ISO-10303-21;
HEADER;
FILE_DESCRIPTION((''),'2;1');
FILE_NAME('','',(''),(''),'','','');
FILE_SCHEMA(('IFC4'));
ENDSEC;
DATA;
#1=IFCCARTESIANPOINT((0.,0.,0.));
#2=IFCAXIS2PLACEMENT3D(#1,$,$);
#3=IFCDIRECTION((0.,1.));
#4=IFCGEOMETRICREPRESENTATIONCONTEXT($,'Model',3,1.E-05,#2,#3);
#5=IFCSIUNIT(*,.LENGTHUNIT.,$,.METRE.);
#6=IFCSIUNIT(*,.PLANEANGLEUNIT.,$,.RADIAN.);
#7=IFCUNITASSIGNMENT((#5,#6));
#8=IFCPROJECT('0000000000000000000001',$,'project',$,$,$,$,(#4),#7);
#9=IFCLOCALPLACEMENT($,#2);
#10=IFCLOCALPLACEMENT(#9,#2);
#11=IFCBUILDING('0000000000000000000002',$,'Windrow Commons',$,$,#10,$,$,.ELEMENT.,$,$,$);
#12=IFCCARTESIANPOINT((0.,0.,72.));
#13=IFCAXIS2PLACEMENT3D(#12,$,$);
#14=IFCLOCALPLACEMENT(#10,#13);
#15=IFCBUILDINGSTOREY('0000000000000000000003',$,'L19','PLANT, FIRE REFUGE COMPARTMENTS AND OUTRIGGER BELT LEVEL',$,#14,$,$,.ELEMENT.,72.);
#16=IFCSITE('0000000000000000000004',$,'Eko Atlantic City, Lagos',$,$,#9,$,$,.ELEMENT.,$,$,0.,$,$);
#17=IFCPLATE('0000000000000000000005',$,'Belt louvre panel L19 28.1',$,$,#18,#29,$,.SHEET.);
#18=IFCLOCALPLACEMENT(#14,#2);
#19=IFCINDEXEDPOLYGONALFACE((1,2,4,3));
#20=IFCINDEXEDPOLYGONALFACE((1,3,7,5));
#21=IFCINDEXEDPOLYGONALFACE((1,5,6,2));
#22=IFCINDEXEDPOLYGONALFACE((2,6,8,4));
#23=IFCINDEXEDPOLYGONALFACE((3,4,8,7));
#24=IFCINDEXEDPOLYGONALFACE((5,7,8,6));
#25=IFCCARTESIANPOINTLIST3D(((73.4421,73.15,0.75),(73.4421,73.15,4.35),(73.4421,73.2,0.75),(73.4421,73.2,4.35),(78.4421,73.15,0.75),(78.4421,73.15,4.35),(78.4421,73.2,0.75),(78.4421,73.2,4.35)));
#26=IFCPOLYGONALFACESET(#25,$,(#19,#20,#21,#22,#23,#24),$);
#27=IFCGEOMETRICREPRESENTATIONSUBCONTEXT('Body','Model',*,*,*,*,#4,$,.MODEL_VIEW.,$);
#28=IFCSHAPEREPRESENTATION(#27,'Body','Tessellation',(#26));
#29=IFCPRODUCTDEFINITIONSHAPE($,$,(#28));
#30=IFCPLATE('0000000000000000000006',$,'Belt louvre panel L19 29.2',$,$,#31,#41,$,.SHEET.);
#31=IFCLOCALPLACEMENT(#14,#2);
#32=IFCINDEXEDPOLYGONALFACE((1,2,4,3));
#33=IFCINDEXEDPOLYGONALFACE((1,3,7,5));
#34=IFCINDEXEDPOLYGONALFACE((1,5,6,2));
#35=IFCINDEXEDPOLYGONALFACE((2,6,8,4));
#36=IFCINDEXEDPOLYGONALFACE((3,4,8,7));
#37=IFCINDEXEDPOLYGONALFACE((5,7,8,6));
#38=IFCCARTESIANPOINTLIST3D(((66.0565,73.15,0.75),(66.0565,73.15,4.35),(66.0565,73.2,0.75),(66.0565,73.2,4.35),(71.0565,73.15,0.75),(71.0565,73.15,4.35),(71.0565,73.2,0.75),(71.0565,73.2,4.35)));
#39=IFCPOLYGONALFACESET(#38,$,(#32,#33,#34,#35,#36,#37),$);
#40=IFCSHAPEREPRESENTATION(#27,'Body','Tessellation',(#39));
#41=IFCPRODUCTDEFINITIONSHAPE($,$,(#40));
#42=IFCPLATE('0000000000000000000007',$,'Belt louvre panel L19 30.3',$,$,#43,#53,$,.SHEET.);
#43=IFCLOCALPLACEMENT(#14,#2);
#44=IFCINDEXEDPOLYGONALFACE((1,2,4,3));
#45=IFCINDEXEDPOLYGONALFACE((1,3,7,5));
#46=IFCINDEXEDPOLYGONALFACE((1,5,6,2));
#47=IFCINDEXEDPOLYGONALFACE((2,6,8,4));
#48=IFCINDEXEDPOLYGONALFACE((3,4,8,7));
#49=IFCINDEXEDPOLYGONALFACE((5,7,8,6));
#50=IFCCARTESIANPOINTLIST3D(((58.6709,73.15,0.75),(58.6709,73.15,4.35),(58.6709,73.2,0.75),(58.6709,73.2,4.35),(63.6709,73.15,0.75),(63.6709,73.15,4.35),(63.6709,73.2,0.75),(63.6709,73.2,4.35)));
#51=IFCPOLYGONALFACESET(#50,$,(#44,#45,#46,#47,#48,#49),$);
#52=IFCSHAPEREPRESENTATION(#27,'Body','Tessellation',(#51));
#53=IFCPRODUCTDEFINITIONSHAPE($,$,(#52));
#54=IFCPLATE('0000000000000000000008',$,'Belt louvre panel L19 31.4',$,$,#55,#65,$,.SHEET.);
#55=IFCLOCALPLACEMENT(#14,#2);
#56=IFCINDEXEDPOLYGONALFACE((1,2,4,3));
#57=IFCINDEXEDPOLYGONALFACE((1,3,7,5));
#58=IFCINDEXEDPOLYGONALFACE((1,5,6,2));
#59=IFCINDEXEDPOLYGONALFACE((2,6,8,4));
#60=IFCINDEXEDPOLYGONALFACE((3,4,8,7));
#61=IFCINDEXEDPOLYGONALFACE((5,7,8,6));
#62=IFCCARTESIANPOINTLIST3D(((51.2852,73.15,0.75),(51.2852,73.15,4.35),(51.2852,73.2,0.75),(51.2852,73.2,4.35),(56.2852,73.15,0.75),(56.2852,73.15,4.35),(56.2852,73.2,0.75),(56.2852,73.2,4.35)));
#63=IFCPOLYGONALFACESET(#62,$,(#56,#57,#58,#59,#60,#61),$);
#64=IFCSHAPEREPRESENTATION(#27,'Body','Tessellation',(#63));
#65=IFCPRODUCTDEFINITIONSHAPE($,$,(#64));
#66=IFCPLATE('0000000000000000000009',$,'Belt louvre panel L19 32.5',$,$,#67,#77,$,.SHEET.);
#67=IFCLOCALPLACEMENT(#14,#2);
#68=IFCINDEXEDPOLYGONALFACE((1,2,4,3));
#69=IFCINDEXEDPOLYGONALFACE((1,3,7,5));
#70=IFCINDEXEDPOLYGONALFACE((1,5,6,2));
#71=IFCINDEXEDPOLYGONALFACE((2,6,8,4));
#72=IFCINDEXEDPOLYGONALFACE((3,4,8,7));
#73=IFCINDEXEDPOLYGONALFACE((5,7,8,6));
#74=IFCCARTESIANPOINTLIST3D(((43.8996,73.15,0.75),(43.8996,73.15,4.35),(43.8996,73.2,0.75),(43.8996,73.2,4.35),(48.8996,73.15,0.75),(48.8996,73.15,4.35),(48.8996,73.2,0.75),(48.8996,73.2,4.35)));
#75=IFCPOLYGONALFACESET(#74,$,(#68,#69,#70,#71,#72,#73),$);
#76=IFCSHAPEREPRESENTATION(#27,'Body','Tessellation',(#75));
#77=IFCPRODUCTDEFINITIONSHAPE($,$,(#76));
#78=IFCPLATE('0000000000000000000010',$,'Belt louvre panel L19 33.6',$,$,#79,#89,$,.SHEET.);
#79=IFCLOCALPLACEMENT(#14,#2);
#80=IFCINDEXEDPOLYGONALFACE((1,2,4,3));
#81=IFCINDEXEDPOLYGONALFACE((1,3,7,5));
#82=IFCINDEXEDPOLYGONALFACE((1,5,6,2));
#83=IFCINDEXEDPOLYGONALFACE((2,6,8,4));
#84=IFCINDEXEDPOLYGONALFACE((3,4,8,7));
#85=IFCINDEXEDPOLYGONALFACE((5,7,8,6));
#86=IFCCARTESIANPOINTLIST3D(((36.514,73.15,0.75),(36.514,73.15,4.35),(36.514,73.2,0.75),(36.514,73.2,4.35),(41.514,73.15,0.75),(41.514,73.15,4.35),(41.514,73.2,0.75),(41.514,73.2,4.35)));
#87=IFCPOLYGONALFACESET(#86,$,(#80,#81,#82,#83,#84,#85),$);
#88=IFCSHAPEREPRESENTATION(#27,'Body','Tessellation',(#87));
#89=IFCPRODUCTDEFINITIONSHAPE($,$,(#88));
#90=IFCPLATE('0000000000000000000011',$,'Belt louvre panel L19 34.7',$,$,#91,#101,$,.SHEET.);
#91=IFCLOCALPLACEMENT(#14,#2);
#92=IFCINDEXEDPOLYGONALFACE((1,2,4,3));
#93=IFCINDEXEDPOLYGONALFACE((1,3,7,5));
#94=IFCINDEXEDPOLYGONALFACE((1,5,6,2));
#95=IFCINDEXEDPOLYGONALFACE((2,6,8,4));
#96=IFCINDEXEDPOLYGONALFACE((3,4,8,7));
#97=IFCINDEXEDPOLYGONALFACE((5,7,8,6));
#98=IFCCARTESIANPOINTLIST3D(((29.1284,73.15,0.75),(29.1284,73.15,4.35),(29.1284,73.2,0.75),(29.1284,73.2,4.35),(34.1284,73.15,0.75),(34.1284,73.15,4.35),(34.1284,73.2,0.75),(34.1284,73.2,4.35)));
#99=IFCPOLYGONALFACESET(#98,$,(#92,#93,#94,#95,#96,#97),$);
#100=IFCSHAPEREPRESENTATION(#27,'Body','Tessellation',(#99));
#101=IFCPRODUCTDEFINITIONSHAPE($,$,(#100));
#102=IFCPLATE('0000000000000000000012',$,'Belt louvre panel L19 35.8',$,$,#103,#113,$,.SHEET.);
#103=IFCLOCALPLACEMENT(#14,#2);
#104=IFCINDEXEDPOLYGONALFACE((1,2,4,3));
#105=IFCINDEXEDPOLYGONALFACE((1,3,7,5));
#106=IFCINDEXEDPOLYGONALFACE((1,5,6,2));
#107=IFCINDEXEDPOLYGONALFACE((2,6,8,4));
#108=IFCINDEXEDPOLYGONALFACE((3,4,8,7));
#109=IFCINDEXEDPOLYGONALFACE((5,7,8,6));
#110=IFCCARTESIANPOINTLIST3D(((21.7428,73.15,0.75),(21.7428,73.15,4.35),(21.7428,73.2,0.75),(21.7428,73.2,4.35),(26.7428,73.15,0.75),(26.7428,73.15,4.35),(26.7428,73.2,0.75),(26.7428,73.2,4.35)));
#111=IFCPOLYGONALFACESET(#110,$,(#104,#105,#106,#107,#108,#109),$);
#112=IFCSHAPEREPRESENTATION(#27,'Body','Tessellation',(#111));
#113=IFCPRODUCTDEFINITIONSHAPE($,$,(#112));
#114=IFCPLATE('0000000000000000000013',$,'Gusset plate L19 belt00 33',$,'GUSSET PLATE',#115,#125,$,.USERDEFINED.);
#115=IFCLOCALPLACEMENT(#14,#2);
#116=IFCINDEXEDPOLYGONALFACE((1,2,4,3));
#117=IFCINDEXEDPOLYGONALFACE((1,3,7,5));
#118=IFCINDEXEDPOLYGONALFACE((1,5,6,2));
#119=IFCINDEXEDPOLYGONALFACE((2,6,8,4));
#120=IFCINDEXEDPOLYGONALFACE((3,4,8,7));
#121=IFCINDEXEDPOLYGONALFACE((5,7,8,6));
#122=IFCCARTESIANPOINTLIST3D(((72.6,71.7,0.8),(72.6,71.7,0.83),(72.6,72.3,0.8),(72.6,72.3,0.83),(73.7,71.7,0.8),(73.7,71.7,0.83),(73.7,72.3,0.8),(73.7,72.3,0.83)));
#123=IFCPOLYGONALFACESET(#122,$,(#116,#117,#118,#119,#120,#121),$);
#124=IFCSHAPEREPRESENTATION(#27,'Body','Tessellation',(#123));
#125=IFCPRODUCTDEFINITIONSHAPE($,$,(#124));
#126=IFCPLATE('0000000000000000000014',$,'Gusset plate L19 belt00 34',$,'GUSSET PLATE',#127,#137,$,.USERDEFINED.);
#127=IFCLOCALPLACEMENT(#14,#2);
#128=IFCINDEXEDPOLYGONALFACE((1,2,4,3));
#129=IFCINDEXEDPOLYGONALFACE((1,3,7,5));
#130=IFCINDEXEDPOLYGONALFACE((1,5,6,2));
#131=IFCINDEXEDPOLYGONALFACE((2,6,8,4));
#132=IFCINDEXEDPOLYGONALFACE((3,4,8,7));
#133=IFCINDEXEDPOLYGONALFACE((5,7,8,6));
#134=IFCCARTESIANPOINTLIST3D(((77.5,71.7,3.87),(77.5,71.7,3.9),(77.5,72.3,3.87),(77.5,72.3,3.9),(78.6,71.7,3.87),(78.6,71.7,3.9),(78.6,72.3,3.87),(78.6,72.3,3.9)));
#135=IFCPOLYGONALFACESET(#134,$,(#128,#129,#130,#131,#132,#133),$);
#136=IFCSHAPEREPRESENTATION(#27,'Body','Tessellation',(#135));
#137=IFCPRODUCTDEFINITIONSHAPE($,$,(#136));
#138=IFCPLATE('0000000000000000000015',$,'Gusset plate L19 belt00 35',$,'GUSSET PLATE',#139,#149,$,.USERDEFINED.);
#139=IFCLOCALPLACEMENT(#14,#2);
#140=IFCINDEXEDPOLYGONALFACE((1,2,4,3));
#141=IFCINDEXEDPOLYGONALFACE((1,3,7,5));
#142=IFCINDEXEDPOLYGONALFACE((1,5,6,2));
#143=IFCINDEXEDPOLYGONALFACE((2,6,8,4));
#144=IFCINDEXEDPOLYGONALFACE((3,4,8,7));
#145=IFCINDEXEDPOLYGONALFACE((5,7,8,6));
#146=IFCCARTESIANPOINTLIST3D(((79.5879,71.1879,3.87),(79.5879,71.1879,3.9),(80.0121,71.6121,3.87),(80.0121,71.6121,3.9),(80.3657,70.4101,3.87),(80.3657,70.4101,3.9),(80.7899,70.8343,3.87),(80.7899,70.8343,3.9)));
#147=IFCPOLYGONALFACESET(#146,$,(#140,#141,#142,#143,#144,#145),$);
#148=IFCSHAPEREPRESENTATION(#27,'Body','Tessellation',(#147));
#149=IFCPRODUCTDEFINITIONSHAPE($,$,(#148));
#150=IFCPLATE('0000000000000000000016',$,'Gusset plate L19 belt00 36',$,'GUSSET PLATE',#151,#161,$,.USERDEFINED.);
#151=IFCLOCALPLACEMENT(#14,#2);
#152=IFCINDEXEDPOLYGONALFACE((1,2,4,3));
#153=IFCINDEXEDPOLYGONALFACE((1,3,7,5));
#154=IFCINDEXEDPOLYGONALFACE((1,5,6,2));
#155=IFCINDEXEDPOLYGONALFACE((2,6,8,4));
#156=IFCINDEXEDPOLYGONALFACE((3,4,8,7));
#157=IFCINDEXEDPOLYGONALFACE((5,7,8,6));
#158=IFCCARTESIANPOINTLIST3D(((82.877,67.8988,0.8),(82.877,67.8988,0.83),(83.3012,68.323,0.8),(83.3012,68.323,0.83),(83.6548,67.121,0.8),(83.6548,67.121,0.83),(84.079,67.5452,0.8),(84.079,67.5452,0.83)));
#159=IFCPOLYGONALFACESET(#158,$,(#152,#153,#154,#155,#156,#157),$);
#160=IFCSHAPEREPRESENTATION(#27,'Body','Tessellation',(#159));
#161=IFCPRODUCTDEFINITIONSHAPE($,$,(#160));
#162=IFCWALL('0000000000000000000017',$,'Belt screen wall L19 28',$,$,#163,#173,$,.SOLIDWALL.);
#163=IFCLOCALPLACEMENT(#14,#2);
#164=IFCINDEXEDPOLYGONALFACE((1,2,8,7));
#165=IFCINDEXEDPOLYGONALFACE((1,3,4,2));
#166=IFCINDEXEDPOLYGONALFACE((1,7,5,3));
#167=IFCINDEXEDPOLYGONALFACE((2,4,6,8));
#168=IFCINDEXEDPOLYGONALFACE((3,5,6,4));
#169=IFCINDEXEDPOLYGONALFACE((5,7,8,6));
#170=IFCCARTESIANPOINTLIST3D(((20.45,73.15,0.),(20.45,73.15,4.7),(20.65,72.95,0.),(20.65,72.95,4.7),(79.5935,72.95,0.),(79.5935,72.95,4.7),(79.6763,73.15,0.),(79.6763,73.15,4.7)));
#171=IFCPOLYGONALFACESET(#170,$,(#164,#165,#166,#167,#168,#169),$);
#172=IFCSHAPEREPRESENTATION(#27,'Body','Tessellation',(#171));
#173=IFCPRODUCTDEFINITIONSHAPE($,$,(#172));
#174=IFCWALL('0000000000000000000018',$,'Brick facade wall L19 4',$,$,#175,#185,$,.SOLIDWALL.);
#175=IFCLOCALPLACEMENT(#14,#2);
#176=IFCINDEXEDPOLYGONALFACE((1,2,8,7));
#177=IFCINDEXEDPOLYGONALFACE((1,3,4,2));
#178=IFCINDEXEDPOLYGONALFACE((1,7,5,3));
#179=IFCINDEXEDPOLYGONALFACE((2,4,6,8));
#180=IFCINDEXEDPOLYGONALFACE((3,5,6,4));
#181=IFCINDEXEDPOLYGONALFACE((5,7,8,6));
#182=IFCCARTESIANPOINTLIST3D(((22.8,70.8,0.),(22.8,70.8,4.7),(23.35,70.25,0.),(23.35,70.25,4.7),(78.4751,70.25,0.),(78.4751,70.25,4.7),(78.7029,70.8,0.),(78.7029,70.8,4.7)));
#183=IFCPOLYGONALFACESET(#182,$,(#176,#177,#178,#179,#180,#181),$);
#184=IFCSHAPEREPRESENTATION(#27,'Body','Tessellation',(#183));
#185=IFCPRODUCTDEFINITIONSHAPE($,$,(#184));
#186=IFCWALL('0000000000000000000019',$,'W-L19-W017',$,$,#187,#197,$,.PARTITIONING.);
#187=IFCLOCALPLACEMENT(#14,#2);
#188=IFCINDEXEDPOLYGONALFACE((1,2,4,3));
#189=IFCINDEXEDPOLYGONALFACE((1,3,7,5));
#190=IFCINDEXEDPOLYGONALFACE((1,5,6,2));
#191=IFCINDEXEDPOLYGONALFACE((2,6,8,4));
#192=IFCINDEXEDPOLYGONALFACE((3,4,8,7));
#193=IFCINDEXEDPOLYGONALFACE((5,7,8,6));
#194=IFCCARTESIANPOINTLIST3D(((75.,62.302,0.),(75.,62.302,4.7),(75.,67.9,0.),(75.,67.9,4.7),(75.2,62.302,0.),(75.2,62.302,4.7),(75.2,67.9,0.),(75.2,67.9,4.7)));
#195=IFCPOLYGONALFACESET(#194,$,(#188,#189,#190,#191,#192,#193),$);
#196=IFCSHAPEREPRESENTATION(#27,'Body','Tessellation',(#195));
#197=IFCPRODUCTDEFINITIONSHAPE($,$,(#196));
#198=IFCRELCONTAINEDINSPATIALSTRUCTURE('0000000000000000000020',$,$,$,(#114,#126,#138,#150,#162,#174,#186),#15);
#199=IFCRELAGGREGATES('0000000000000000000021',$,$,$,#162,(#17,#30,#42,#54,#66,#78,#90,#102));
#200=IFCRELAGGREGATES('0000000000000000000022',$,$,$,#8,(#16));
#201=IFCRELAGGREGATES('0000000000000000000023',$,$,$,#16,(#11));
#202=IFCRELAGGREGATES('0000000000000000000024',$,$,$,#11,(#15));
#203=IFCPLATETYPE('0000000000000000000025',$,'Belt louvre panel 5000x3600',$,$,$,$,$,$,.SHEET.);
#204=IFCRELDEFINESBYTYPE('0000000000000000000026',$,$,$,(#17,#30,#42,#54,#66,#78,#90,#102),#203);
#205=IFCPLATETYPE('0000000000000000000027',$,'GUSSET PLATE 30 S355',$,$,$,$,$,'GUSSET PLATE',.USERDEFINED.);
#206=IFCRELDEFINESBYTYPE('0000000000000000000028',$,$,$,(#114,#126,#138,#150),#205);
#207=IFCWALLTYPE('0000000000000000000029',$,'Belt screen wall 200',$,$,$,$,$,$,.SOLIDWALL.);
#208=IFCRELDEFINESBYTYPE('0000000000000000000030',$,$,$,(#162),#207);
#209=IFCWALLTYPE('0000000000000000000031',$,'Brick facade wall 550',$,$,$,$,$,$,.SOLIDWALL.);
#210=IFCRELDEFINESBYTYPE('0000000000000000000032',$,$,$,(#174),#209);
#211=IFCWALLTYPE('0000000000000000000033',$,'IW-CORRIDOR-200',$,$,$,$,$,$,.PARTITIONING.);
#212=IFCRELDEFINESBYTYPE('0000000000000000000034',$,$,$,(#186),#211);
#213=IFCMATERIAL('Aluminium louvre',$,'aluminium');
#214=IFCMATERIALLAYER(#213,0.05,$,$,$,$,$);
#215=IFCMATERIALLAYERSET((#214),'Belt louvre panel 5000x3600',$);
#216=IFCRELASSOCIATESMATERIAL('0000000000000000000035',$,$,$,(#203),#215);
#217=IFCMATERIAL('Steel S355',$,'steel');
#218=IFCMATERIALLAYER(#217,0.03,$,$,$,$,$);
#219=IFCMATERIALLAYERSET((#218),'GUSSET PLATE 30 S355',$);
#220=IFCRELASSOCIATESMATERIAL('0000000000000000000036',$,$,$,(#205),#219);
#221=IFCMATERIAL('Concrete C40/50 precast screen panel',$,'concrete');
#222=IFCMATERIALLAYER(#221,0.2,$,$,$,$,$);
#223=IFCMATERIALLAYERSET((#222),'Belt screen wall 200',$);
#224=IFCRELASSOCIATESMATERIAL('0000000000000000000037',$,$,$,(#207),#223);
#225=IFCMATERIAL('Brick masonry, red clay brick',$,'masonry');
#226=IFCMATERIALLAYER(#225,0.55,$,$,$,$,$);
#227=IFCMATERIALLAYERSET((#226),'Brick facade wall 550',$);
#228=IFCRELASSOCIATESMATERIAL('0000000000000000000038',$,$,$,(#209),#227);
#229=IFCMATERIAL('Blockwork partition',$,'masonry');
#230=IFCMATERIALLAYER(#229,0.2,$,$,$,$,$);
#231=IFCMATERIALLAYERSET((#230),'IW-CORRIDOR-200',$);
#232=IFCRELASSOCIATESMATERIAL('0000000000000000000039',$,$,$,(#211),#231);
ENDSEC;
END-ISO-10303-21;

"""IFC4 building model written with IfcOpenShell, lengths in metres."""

from ifc_helpers import new_model, si_unit, direction, frame, frame_2d, origin, origin_2d, place, context, subcontext, project, spatial, polyline, rectangle, outline, extrude, material, layer, layer_set, type_object, element, aggregate, save


model = new_model("IFC4")

# Units and contexts
model_context = context("Model", 3, precision=1e-05, world=origin(), true_north=direction((0.0, 1.0)))
body_context = subcontext(model_context, "Body", "Model", "MODEL_VIEW")
ifc_project = project(units=[si_unit("LENGTHUNIT", "METRE"), si_unit("PLANEANGLEUNIT", "RADIAN")], contexts=[model_context])

# Site, building, storey
site_placement = place(None, origin())
site = spatial("IfcSite", under=ifc_project, at=site_placement, Name="Eko Atlantic City, Lagos", CompositionType="ELEMENT", RefElevation=0.0)
building_placement = place(site_placement, origin())
building = spatial("IfcBuilding", under=site, at=building_placement, Name="Windrow Commons", CompositionType="ELEMENT")
storey_placement = place(building_placement, frame((0.0, 0.0, 72.0)))
storey = spatial("IfcBuildingStorey", under=building, at=storey_placement, Name="L19", Description="PLANT, FIRE REFUGE COMPARTMENTS AND OUTRIGGER BELT LEVEL", CompositionType="ELEMENT", Elevation=72.0)

# Plates
ifc_material_1 = material(Name="Aluminium louvre", Category="aluminium")
ifc_layer_1 = layer(ifc_material_1, 0.05)
ifc_layer_set_1 = layer_set([ifc_layer_1], Name="Belt louvre panel 5000x3600")
plate_type_1 = type_object("IfcPlateType", Name="Belt louvre panel 5000x3600", PredefinedType="SHEET", material=ifc_layer_set_1)
plate_1_placement = place(storey_placement, frame((78.4421, 73.2, 0.75), z_axis=(0.0, 1.0, 0.0), x_axis=(-1.0, 0.0, 0.0)))
plate_1 = element("IfcPlate", 1, at=plate_1_placement, type_object=plate_type_1, Name="Belt louvre panel L19 28.1", PredefinedType="SHEET", context=body_context, shape_type="SweptSolid", body=[
    extrude(outline(polyline([(0.0, 0.0), (5.0, 0.0), (5.0, 3.6), (0.0, 3.6), (0.0, 0.0)])), origin(), (0.0, 0.0, -1.0), 0.05),
])
plate_2_placement = place(storey_placement, frame((71.0565, 73.2, 0.75), z_axis=(0.0, 1.0, 0.0), x_axis=(-1.0, 0.0, 0.0)))
plate_2 = element("IfcPlate", 2, at=plate_2_placement, type_object=plate_type_1, Name="Belt louvre panel L19 29.2", PredefinedType="SHEET", context=body_context, shape_type="SweptSolid", body=[
    extrude(outline(polyline([(0.0, 0.0), (5.0, 0.0), (5.0, 3.6), (0.0, 3.6), (0.0, 0.0)])), origin(), (0.0, 0.0, -1.0), 0.05),
])
plate_3_placement = place(storey_placement, frame((63.6709, 73.2, 0.75), z_axis=(0.0, 1.0, 0.0), x_axis=(-1.0, 0.0, 0.0)))
plate_3 = element("IfcPlate", 3, at=plate_3_placement, type_object=plate_type_1, Name="Belt louvre panel L19 30.3", PredefinedType="SHEET", context=body_context, shape_type="SweptSolid", body=[
    extrude(outline(polyline([(0.0, 0.0), (5.0, 0.0), (5.0, 3.6), (0.0, 3.6), (0.0, 0.0)])), origin(), (0.0, 0.0, -1.0), 0.05),
])
plate_4_placement = place(storey_placement, frame((56.2852, 73.2, 0.75), z_axis=(0.0, 1.0, 0.0), x_axis=(-1.0, 0.0, 0.0)))
plate_4 = element("IfcPlate", 4, at=plate_4_placement, type_object=plate_type_1, Name="Belt louvre panel L19 31.4", PredefinedType="SHEET", context=body_context, shape_type="SweptSolid", body=[
    extrude(outline(polyline([(0.0, 0.0), (5.0, 0.0), (5.0, 3.6), (0.0, 3.6), (0.0, 0.0)])), origin(), (0.0, 0.0, -1.0), 0.05),
])
plate_5_placement = place(storey_placement, frame((48.8996, 73.2, 0.75), z_axis=(0.0, 1.0, 0.0), x_axis=(-1.0, 0.0, 0.0)))
plate_5 = element("IfcPlate", 5, at=plate_5_placement, type_object=plate_type_1, Name="Belt louvre panel L19 32.5", PredefinedType="SHEET", context=body_context, shape_type="SweptSolid", body=[
    extrude(outline(polyline([(0.0, 0.0), (5.0, 0.0), (5.0, 3.6), (0.0, 3.6), (0.0, 0.0)])), origin(), (0.0, 0.0, -1.0), 0.05),
])
plate_6_placement = place(storey_placement, frame((41.514, 73.2, 0.75), z_axis=(0.0, 1.0, 0.0), x_axis=(-1.0, 0.0, 0.0)))
plate_6 = element("IfcPlate", 6, at=plate_6_placement, type_object=plate_type_1, Name="Belt louvre panel L19 33.6", PredefinedType="SHEET", context=body_context, shape_type="SweptSolid", body=[
    extrude(outline(polyline([(0.0, 0.0), (5.0, 0.0), (5.0, 3.6), (0.0, 3.6), (0.0, 0.0)])), origin(), (0.0, 0.0, -1.0), 0.05),
])
plate_7_placement = place(storey_placement, frame((34.1284, 73.2, 0.75), z_axis=(0.0, 1.0, 0.0), x_axis=(-1.0, 0.0, 0.0)))
plate_7 = element("IfcPlate", 7, at=plate_7_placement, type_object=plate_type_1, Name="Belt louvre panel L19 34.7", PredefinedType="SHEET", context=body_context, shape_type="SweptSolid", body=[
    extrude(outline(polyline([(0.0, 0.0), (5.0, 0.0), (5.0, 3.6), (0.0, 3.6), (0.0, 0.0)])), origin(), (0.0, 0.0, -1.0), 0.05),
])
plate_8_placement = place(storey_placement, frame((26.7428, 73.2, 0.75), z_axis=(0.0, 1.0, 0.0), x_axis=(-1.0, 0.0, 0.0)))
plate_8 = element("IfcPlate", 8, at=plate_8_placement, type_object=plate_type_1, Name="Belt louvre panel L19 35.8", PredefinedType="SHEET", context=body_context, shape_type="SweptSolid", body=[
    extrude(outline(polyline([(0.0, 0.0), (5.0, 0.0), (5.0, 3.6), (0.0, 3.6), (0.0, 0.0)])), origin(), (0.0, 0.0, -1.0), 0.05),
])

# Plates
ifc_material_2 = material(Name="Steel S355", Category="steel")
ifc_layer_2 = layer(ifc_material_2, 0.03)
ifc_layer_set_2 = layer_set([ifc_layer_2], Name="GUSSET PLATE 30 S355")
plate_type_2 = type_object("IfcPlateType", Name="GUSSET PLATE 30 S355", ElementType="GUSSET PLATE", PredefinedType="USERDEFINED", material=ifc_layer_set_2)
for number, where, z_axis, x_axis, name in (
    (9, (73.15, 72.0, 0.8), (0.0, 0.0, 1.0), (1.0, 0.0, 0.0), "Gusset plate L19 belt00 33"),
    (10, (78.05, 72.0, 3.87), (0.0, 0.0, 1.0), (1.0, 0.0, 0.0), "Gusset plate L19 belt00 34"),
    (11, (80.1889, 71.0111, 3.87), (0.0, 0.0, 1.0), (0.707107, -0.707107, 0.0), "Gusset plate L19 belt00 35"),
    (12, (83.478, 67.722, 0.8), (0.0, 0.0, 1.0), (0.707107, -0.707107, 0.0), "Gusset plate L19 belt00 36"),
):
    element("IfcPlate", number, at=place(storey_placement, frame(where, z_axis=z_axis, x_axis=x_axis)), inside=storey, type_object=plate_type_2, Name=name, ObjectType="GUSSET PLATE", PredefinedType="USERDEFINED", context=body_context, shape_type="SweptSolid", body=[
        extrude(rectangle(XDim=1.1, YDim=0.6, at=origin_2d()), origin(), (0.0, 0.0, 1.0), 0.03),
    ])

# Wall
ifc_material_3 = material(Name="Concrete C40/50 precast screen panel", Category="concrete")
ifc_layer_3 = layer(ifc_material_3, 0.2)
ifc_layer_set_3 = layer_set([ifc_layer_3], Name="Belt screen wall 200")
wall_type_1 = type_object("IfcWallType", Name="Belt screen wall 200", PredefinedType="SOLIDWALL", material=ifc_layer_set_3)
wall_1_placement = place(storey_placement, frame((79.6349, 73.05, 0.0), z_axis=(0.0, 0.0, 1.0), x_axis=(-1.0, 0.0, 0.0)))
wall_1 = element("IfcWall", 13, at=wall_1_placement, inside=storey, type_object=wall_type_1, Name="Belt screen wall L19 28", PredefinedType="SOLIDWALL", context=body_context, shape_type="SweptSolid", body=[
    extrude(outline(polyline([(-0.0414, -0.1), (59.1849, -0.1), (58.9849, 0.1), (0.0414, 0.1), (-0.0414, -0.1)])), origin(), (0.0, 0.0, 1.0), 4.7),
])
aggregate(wall_1, [plate_1, plate_2, plate_3, plate_4, plate_5, plate_6, plate_7, plate_8])

# Walls
ifc_material_4 = material(Name="Brick masonry, red clay brick", Category="masonry")
ifc_layer_4 = layer(ifc_material_4, 0.55)
ifc_layer_set_4 = layer_set([ifc_layer_4], Name="Brick facade wall 550")
wall_type_2 = type_object("IfcWallType", Name="Brick facade wall 550", PredefinedType="SOLIDWALL", material=ifc_layer_set_4)
wall_2_placement = place(storey_placement, frame((78.589, 70.525, 0.0), z_axis=(0.0, 0.0, 1.0), x_axis=(-1.0, 0.0, 0.0)))
element("IfcWall", 14, at=wall_2_placement, inside=storey, type_object=wall_type_2, Name="Brick facade wall L19 4", PredefinedType="SOLIDWALL", context=body_context, shape_type="SweptSolid", body=[
    extrude(outline(polyline([(-0.1139, -0.275), (55.789, -0.275), (55.239, 0.275), (0.1139, 0.275), (-0.1139, -0.275)])), origin(), (0.0, 0.0, 1.0), 4.7),
])
ifc_material_5 = material(Name="Blockwork partition", Category="masonry")
ifc_layer_5 = layer(ifc_material_5, 0.2)
ifc_layer_set_5 = layer_set([ifc_layer_5], Name="IW-CORRIDOR-200")
wall_type_3 = type_object("IfcWallType", Name="IW-CORRIDOR-200", PredefinedType="PARTITIONING", material=ifc_layer_set_5)
wall_3_placement = place(storey_placement, frame((75.1, 62.302, 0.0), z_axis=(0.0, 0.0, 1.0), x_axis=(0.0, 1.0, 0.0)))
element("IfcWall", 15, at=wall_3_placement, inside=storey, type_object=wall_type_3, Name="W-L19-W017", PredefinedType="PARTITIONING", context=body_context, shape_type="SweptSolid", body=[
    extrude(rectangle(XDim=5.598, YDim=0.2, at=frame_2d((2.799, 0.0))), origin(), (0.0, 0.0, 1.0), 4.7),
])

save(model, "model.ifc")
